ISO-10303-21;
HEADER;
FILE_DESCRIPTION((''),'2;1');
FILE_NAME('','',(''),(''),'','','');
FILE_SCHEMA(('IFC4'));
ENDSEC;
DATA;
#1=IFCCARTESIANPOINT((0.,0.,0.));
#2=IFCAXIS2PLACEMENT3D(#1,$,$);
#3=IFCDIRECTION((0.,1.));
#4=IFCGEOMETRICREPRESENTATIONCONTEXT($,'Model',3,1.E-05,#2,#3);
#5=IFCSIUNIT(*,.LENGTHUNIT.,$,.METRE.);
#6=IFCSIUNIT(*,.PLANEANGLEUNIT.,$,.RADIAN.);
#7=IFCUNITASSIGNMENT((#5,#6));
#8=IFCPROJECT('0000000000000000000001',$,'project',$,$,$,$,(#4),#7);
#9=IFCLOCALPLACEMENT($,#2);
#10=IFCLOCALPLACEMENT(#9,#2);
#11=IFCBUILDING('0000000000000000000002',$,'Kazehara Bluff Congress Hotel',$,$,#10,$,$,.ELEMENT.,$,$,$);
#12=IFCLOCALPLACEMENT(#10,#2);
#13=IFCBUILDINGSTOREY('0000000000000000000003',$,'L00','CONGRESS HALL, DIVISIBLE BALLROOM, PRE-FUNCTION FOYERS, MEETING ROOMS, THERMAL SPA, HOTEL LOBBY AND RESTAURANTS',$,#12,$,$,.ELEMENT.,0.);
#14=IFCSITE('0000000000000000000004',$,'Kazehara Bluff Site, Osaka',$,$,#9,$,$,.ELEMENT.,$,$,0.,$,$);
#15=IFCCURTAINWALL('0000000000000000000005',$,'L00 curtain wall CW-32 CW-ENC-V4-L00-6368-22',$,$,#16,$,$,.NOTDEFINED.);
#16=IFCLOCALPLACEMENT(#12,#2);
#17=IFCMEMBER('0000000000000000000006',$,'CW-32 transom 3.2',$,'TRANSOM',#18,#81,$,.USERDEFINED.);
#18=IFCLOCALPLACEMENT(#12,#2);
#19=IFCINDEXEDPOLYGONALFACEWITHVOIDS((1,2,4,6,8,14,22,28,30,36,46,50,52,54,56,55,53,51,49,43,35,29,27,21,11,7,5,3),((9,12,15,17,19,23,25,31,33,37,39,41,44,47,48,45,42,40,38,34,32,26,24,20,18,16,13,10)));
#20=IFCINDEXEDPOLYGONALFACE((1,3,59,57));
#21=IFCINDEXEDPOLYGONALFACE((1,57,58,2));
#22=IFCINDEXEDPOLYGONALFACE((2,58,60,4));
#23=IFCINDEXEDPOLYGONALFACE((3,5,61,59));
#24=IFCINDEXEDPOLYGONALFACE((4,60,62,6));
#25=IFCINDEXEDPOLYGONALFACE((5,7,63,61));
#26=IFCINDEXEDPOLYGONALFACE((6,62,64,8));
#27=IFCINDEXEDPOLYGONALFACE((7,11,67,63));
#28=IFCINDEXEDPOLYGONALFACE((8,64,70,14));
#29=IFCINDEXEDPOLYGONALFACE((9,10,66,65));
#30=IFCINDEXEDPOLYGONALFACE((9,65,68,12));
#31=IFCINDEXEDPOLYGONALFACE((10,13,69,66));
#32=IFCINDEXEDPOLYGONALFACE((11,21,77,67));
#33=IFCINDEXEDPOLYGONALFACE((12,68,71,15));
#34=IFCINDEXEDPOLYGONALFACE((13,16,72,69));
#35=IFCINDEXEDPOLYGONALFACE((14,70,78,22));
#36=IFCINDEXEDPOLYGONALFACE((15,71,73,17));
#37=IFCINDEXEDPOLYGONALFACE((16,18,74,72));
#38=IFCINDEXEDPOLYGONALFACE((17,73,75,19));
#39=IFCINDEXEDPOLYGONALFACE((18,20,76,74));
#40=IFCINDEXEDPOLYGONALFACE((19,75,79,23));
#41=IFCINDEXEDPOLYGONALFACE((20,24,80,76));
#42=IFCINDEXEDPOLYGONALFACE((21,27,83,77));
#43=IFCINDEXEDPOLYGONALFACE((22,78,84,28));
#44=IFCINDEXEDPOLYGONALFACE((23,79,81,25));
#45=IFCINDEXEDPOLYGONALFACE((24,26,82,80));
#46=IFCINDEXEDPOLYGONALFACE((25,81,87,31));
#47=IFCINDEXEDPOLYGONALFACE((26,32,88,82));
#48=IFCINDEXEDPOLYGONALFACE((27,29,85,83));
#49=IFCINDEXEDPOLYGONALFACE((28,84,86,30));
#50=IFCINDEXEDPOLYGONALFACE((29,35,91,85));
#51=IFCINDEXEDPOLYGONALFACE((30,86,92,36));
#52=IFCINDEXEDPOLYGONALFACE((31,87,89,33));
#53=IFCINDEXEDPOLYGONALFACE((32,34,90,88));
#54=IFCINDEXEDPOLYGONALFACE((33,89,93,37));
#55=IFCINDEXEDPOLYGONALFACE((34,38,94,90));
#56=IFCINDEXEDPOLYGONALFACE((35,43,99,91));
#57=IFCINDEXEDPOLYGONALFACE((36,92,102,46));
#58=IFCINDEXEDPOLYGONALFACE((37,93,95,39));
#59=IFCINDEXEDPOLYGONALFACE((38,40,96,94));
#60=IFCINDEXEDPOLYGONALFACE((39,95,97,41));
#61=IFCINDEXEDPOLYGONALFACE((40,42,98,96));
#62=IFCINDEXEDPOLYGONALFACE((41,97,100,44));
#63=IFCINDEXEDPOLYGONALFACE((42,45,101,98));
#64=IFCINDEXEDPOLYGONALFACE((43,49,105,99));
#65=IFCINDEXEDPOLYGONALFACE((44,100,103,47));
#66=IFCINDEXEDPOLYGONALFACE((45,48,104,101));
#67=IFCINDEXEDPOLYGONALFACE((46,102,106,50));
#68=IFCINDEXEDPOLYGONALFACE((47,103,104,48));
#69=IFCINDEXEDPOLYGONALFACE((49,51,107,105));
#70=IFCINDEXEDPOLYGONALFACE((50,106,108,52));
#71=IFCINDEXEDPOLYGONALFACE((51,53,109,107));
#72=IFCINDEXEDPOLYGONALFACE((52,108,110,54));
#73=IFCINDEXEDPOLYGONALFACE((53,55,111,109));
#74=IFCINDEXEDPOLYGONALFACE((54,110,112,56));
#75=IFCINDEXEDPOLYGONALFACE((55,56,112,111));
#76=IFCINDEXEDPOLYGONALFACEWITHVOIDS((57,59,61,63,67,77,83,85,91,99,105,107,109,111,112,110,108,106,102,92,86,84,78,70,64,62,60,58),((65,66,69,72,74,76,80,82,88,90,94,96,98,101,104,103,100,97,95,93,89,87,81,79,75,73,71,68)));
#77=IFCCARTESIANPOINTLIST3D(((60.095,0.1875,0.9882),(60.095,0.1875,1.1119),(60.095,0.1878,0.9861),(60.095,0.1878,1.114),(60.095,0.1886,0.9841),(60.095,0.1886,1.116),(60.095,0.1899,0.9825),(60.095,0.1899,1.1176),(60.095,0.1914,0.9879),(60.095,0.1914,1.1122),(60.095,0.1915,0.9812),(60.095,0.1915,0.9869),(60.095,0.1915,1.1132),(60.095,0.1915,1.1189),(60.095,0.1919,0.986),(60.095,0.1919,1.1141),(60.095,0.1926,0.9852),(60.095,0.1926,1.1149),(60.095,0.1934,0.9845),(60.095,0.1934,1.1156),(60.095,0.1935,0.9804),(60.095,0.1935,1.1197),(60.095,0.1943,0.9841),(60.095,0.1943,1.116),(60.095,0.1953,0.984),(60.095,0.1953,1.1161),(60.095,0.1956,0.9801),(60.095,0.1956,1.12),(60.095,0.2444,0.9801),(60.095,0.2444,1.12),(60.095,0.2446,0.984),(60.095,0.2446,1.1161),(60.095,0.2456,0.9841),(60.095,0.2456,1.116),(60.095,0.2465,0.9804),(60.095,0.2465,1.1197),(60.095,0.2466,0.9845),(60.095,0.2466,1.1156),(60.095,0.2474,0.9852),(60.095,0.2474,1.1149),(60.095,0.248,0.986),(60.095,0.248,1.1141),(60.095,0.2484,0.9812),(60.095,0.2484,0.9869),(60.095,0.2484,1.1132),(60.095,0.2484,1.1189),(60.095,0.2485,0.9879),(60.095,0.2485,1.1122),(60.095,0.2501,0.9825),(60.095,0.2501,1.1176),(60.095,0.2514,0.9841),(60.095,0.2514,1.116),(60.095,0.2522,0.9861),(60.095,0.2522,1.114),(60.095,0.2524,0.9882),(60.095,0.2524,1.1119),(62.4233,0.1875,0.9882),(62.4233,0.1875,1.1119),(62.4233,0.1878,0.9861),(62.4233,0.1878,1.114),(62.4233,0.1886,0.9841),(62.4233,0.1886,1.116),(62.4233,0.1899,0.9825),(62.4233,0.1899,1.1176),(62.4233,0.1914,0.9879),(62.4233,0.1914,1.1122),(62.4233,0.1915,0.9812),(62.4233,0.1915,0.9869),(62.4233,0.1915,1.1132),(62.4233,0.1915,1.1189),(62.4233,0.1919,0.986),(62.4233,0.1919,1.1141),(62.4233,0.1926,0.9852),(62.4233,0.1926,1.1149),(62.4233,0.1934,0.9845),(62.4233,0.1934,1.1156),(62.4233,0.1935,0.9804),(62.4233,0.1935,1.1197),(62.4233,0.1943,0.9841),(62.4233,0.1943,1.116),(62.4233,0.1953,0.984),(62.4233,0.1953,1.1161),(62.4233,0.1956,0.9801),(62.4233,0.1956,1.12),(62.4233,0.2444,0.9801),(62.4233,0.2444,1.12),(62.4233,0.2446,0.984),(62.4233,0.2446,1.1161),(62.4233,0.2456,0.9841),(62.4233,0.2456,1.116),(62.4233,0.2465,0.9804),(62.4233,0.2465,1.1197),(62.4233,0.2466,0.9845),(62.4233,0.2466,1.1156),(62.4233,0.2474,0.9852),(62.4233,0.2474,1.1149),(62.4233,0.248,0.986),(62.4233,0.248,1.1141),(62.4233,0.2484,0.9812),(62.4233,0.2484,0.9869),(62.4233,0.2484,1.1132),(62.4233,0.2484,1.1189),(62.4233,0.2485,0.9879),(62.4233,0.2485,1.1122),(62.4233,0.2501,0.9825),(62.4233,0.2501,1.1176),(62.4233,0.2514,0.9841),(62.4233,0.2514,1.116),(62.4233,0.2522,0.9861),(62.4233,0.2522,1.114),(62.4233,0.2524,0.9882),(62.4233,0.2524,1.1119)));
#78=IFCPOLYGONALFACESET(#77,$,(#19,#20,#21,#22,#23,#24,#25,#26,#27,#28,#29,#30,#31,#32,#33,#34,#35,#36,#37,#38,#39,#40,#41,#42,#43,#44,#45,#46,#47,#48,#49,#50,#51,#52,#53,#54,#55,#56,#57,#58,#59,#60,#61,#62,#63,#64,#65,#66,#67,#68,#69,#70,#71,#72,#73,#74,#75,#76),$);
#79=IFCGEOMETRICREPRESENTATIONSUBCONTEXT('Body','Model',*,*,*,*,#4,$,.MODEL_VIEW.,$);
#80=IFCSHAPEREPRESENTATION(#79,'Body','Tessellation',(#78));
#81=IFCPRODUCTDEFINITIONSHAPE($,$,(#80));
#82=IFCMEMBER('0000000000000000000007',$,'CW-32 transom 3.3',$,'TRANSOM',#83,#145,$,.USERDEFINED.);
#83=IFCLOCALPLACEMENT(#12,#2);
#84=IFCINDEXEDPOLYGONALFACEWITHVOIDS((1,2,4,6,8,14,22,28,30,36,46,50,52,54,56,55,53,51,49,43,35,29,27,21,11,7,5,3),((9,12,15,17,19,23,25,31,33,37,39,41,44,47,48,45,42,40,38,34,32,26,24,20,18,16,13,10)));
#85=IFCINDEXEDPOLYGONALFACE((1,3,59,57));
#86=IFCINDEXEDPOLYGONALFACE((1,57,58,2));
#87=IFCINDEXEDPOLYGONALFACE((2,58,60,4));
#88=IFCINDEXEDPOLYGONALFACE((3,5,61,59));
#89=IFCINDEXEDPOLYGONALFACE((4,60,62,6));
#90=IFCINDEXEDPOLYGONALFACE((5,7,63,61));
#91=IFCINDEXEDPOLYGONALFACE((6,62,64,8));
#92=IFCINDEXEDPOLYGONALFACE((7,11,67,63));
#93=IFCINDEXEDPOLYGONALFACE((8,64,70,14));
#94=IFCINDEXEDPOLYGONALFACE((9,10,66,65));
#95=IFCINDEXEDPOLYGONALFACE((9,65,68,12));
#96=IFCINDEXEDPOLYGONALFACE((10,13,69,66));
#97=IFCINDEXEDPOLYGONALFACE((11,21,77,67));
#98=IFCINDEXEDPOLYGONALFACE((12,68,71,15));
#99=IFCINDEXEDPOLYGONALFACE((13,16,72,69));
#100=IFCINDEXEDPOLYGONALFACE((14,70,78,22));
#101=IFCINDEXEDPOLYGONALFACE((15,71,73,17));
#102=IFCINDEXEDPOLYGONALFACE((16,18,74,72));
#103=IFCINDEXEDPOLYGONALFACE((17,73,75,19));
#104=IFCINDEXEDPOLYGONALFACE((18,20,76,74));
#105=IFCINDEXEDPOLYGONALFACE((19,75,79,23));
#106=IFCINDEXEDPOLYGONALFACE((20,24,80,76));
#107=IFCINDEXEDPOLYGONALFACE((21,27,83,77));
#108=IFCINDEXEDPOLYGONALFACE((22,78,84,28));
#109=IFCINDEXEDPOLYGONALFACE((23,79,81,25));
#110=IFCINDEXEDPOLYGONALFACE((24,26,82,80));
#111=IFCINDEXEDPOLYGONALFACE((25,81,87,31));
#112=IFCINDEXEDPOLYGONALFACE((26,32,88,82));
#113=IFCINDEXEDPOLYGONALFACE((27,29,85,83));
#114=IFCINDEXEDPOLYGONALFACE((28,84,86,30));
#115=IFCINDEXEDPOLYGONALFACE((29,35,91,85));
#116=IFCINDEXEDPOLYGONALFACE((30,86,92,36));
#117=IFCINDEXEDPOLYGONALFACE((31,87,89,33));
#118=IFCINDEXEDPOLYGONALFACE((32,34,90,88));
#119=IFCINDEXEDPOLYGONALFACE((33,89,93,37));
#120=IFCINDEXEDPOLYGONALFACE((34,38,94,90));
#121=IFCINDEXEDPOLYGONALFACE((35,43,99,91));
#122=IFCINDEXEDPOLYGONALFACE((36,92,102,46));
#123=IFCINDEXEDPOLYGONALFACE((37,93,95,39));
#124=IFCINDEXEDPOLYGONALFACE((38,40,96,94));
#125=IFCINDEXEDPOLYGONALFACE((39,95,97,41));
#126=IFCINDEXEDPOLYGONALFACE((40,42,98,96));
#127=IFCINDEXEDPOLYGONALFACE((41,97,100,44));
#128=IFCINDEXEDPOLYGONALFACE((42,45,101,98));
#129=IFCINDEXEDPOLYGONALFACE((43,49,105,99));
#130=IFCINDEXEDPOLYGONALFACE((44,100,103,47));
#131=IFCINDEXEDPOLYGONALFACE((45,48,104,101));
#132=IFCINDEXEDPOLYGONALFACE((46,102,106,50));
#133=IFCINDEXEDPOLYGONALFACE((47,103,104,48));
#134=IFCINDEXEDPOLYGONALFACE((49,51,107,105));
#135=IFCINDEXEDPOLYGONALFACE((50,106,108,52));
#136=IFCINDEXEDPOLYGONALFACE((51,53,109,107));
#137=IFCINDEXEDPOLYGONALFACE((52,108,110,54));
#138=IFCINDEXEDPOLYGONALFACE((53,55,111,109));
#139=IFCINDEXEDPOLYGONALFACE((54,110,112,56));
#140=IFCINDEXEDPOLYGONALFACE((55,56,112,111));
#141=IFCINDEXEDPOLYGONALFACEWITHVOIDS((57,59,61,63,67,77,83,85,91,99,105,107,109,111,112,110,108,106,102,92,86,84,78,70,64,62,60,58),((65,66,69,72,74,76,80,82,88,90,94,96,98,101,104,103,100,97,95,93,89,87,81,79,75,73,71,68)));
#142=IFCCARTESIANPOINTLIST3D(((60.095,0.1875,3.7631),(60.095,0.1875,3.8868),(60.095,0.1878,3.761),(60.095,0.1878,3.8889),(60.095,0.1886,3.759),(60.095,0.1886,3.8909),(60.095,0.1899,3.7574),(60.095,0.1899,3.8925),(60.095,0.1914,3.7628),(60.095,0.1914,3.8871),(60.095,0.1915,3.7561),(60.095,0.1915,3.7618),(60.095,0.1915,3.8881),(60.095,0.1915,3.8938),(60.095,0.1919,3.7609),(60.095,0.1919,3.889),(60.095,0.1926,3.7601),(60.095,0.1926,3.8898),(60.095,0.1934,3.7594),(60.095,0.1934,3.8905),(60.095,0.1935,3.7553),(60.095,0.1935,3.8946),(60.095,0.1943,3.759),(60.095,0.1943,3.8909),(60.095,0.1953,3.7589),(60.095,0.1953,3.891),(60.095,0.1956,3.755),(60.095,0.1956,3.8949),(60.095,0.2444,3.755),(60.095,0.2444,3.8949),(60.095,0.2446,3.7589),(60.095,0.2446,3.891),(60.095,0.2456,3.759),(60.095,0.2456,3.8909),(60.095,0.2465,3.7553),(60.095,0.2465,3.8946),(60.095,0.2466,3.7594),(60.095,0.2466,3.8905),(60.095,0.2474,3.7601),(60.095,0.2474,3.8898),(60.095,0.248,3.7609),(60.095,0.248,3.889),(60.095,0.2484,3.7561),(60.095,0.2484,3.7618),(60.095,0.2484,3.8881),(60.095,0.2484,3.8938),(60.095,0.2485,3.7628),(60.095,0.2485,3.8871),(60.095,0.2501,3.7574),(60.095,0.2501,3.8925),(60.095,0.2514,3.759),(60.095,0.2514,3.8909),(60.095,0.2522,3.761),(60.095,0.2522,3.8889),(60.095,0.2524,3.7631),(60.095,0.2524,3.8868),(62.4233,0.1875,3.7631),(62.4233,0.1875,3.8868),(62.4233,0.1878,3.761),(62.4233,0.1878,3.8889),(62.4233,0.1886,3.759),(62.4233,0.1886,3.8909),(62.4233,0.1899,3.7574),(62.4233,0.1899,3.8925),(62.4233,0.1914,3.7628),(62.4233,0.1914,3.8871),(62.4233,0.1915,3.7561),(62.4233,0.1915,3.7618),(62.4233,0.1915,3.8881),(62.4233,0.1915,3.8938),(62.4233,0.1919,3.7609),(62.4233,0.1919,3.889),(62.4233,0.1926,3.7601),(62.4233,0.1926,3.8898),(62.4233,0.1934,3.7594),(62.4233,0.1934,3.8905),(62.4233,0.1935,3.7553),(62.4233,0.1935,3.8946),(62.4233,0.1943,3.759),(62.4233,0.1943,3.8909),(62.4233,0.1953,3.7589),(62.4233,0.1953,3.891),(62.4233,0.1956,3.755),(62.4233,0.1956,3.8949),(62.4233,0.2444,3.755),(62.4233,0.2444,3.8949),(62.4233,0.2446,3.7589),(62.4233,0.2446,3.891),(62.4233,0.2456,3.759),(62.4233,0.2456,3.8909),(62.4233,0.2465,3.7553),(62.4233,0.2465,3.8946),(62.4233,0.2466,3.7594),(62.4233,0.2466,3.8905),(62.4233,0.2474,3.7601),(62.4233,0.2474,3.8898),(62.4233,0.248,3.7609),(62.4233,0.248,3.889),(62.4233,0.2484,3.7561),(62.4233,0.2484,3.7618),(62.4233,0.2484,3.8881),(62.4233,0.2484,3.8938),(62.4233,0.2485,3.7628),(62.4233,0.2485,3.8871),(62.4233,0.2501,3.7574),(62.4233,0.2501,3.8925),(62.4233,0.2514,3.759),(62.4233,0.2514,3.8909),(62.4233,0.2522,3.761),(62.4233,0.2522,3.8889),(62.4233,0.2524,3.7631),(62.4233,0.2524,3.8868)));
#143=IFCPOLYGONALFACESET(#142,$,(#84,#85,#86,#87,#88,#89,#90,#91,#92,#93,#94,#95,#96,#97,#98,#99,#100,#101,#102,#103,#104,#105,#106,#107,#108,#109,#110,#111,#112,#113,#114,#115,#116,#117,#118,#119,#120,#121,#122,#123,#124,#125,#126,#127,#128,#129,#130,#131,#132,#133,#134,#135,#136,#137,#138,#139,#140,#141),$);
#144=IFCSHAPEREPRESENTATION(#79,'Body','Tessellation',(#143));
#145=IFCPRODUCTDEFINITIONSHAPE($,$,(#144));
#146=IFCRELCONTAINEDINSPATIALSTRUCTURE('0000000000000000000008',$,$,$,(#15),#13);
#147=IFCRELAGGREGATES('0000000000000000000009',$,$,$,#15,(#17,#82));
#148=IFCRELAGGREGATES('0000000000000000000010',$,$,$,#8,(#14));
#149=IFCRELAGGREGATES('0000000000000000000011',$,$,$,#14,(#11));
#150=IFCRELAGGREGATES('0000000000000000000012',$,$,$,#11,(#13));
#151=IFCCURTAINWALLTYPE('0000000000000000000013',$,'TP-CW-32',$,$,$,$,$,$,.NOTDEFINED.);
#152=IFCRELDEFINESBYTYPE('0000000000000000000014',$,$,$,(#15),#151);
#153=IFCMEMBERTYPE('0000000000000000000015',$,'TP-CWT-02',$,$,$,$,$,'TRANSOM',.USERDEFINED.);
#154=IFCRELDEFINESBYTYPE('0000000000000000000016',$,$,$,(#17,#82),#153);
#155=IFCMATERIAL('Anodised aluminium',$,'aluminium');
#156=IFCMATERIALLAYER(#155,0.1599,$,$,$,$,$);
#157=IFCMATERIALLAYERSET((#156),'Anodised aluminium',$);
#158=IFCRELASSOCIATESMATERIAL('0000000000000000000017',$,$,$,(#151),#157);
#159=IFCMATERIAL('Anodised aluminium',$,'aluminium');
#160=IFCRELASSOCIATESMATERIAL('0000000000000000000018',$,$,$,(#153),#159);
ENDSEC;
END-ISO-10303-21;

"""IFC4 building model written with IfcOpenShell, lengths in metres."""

from ifc_helpers import new_model, si_unit, direction, frame, origin, origin_2d, place, context, subcontext, project, spatial, hollow_rectangle, extrude, material, layer, layer_set, material_profile, profile_set, type_object, element, aggregate, save


model = new_model("IFC4")

# Units and contexts
model_context = context("Model", 3, precision=1e-05, world=origin(), true_north=direction((0.0, 1.0)))
body_context = subcontext(model_context, "Body", "Model", "MODEL_VIEW")
ifc_project = project(units=[si_unit("LENGTHUNIT", "METRE"), si_unit("PLANEANGLEUNIT", "RADIAN")], contexts=[model_context])

# Site, building, storey
site_placement = place(None, origin())
site = spatial("IfcSite", under=ifc_project, at=site_placement, Name="Kazehara Bluff Site, Osaka", CompositionType="ELEMENT", RefElevation=0.0)
building_placement = place(site_placement, origin())
building = spatial("IfcBuilding", under=site, at=building_placement, Name="Kazehara Bluff Congress Hotel", CompositionType="ELEMENT")
storey_placement = place(building_placement, origin())
storey = spatial("IfcBuildingStorey", under=building, at=storey_placement, Name="L00", Description="CONGRESS HALL, DIVISIBLE BALLROOM, PRE-FUNCTION FOYERS, MEETING ROOMS, THERMAL SPA, HOTEL LOBBY AND RESTAURANTS", CompositionType="ELEMENT", Elevation=0.0)

# Curtain wall, members
ifc_material_1 = material(Name="Anodised aluminium", Category="aluminium")
ifc_layer_1 = layer(ifc_material_1, 0.1599)
ifc_layer_set_1 = layer_set([ifc_layer_1], Name="Anodised aluminium")
curtain_wall_type = type_object("IfcCurtainWallType", Name="TP-CW-32", PredefinedType="NOTDEFINED", material=ifc_layer_set_1)
curtain_wall_placement = place(storey_placement, origin())
curtain_wall = element("IfcCurtainWall", 1, at=curtain_wall_placement, inside=storey, type_object=curtain_wall_type, Name="L00 curtain wall CW-32 CW-ENC-V4-L00-6368-22", PredefinedType="NOTDEFINED")
ifc_material_2 = material(Name="Anodised aluminium", Category="aluminium")
ifc_material_profile_1 = material_profile(ifc_material_2, hollow_rectangle(XDim=0.0649, YDim=0.1399, WallThickness=0.0039, InnerFilletRadius=0.0039, OuterFilletRadius=0.0081, at=origin_2d()))
ifc_profile_set_1 = profile_set([ifc_material_profile_1], Name="Anodised aluminium")
member_type_1 = type_object("IfcMemberType", Name="TP-CWT-02", ElementType="TRANSOM", PredefinedType="USERDEFINED", material=ifc_profile_set_1)
member_1_placement = place(storey_placement, frame((62.4233, 0.22, 1.05), z_axis=(-1.0, 0.0, 0.0), x_axis=(0.0, -1.0, 0.0)))
member_1 = element("IfcMember", 2, at=member_1_placement, type_object=member_type_1, Name="CW-32 transom 3.2", ObjectType="TRANSOM", PredefinedType="USERDEFINED", context=body_context, shape_type="SweptSolid", body=[
    extrude(hollow_rectangle(XDim=0.0649, YDim=0.1399, WallThickness=0.0039, InnerFilletRadius=0.0039, OuterFilletRadius=0.0081, at=origin_2d()), origin(), (0.0, 0.0, 1.0), 2.3284),
])
member_2_placement = place(storey_placement, frame((62.4233, 0.22, 3.825), z_axis=(-1.0, 0.0, 0.0), x_axis=(0.0, -1.0, 0.0)))
member_2 = element("IfcMember", 3, at=member_2_placement, type_object=member_type_1, Name="CW-32 transom 3.3", ObjectType="TRANSOM", PredefinedType="USERDEFINED", context=body_context, shape_type="SweptSolid", body=[
    extrude(hollow_rectangle(XDim=0.0649, YDim=0.1399, WallThickness=0.0039, InnerFilletRadius=0.0039, OuterFilletRadius=0.0081, at=origin_2d()), origin(), (0.0, 0.0, 1.0), 2.3284),
])
aggregate(curtain_wall, [member_1, member_2])

save(model, "model.ifc")
